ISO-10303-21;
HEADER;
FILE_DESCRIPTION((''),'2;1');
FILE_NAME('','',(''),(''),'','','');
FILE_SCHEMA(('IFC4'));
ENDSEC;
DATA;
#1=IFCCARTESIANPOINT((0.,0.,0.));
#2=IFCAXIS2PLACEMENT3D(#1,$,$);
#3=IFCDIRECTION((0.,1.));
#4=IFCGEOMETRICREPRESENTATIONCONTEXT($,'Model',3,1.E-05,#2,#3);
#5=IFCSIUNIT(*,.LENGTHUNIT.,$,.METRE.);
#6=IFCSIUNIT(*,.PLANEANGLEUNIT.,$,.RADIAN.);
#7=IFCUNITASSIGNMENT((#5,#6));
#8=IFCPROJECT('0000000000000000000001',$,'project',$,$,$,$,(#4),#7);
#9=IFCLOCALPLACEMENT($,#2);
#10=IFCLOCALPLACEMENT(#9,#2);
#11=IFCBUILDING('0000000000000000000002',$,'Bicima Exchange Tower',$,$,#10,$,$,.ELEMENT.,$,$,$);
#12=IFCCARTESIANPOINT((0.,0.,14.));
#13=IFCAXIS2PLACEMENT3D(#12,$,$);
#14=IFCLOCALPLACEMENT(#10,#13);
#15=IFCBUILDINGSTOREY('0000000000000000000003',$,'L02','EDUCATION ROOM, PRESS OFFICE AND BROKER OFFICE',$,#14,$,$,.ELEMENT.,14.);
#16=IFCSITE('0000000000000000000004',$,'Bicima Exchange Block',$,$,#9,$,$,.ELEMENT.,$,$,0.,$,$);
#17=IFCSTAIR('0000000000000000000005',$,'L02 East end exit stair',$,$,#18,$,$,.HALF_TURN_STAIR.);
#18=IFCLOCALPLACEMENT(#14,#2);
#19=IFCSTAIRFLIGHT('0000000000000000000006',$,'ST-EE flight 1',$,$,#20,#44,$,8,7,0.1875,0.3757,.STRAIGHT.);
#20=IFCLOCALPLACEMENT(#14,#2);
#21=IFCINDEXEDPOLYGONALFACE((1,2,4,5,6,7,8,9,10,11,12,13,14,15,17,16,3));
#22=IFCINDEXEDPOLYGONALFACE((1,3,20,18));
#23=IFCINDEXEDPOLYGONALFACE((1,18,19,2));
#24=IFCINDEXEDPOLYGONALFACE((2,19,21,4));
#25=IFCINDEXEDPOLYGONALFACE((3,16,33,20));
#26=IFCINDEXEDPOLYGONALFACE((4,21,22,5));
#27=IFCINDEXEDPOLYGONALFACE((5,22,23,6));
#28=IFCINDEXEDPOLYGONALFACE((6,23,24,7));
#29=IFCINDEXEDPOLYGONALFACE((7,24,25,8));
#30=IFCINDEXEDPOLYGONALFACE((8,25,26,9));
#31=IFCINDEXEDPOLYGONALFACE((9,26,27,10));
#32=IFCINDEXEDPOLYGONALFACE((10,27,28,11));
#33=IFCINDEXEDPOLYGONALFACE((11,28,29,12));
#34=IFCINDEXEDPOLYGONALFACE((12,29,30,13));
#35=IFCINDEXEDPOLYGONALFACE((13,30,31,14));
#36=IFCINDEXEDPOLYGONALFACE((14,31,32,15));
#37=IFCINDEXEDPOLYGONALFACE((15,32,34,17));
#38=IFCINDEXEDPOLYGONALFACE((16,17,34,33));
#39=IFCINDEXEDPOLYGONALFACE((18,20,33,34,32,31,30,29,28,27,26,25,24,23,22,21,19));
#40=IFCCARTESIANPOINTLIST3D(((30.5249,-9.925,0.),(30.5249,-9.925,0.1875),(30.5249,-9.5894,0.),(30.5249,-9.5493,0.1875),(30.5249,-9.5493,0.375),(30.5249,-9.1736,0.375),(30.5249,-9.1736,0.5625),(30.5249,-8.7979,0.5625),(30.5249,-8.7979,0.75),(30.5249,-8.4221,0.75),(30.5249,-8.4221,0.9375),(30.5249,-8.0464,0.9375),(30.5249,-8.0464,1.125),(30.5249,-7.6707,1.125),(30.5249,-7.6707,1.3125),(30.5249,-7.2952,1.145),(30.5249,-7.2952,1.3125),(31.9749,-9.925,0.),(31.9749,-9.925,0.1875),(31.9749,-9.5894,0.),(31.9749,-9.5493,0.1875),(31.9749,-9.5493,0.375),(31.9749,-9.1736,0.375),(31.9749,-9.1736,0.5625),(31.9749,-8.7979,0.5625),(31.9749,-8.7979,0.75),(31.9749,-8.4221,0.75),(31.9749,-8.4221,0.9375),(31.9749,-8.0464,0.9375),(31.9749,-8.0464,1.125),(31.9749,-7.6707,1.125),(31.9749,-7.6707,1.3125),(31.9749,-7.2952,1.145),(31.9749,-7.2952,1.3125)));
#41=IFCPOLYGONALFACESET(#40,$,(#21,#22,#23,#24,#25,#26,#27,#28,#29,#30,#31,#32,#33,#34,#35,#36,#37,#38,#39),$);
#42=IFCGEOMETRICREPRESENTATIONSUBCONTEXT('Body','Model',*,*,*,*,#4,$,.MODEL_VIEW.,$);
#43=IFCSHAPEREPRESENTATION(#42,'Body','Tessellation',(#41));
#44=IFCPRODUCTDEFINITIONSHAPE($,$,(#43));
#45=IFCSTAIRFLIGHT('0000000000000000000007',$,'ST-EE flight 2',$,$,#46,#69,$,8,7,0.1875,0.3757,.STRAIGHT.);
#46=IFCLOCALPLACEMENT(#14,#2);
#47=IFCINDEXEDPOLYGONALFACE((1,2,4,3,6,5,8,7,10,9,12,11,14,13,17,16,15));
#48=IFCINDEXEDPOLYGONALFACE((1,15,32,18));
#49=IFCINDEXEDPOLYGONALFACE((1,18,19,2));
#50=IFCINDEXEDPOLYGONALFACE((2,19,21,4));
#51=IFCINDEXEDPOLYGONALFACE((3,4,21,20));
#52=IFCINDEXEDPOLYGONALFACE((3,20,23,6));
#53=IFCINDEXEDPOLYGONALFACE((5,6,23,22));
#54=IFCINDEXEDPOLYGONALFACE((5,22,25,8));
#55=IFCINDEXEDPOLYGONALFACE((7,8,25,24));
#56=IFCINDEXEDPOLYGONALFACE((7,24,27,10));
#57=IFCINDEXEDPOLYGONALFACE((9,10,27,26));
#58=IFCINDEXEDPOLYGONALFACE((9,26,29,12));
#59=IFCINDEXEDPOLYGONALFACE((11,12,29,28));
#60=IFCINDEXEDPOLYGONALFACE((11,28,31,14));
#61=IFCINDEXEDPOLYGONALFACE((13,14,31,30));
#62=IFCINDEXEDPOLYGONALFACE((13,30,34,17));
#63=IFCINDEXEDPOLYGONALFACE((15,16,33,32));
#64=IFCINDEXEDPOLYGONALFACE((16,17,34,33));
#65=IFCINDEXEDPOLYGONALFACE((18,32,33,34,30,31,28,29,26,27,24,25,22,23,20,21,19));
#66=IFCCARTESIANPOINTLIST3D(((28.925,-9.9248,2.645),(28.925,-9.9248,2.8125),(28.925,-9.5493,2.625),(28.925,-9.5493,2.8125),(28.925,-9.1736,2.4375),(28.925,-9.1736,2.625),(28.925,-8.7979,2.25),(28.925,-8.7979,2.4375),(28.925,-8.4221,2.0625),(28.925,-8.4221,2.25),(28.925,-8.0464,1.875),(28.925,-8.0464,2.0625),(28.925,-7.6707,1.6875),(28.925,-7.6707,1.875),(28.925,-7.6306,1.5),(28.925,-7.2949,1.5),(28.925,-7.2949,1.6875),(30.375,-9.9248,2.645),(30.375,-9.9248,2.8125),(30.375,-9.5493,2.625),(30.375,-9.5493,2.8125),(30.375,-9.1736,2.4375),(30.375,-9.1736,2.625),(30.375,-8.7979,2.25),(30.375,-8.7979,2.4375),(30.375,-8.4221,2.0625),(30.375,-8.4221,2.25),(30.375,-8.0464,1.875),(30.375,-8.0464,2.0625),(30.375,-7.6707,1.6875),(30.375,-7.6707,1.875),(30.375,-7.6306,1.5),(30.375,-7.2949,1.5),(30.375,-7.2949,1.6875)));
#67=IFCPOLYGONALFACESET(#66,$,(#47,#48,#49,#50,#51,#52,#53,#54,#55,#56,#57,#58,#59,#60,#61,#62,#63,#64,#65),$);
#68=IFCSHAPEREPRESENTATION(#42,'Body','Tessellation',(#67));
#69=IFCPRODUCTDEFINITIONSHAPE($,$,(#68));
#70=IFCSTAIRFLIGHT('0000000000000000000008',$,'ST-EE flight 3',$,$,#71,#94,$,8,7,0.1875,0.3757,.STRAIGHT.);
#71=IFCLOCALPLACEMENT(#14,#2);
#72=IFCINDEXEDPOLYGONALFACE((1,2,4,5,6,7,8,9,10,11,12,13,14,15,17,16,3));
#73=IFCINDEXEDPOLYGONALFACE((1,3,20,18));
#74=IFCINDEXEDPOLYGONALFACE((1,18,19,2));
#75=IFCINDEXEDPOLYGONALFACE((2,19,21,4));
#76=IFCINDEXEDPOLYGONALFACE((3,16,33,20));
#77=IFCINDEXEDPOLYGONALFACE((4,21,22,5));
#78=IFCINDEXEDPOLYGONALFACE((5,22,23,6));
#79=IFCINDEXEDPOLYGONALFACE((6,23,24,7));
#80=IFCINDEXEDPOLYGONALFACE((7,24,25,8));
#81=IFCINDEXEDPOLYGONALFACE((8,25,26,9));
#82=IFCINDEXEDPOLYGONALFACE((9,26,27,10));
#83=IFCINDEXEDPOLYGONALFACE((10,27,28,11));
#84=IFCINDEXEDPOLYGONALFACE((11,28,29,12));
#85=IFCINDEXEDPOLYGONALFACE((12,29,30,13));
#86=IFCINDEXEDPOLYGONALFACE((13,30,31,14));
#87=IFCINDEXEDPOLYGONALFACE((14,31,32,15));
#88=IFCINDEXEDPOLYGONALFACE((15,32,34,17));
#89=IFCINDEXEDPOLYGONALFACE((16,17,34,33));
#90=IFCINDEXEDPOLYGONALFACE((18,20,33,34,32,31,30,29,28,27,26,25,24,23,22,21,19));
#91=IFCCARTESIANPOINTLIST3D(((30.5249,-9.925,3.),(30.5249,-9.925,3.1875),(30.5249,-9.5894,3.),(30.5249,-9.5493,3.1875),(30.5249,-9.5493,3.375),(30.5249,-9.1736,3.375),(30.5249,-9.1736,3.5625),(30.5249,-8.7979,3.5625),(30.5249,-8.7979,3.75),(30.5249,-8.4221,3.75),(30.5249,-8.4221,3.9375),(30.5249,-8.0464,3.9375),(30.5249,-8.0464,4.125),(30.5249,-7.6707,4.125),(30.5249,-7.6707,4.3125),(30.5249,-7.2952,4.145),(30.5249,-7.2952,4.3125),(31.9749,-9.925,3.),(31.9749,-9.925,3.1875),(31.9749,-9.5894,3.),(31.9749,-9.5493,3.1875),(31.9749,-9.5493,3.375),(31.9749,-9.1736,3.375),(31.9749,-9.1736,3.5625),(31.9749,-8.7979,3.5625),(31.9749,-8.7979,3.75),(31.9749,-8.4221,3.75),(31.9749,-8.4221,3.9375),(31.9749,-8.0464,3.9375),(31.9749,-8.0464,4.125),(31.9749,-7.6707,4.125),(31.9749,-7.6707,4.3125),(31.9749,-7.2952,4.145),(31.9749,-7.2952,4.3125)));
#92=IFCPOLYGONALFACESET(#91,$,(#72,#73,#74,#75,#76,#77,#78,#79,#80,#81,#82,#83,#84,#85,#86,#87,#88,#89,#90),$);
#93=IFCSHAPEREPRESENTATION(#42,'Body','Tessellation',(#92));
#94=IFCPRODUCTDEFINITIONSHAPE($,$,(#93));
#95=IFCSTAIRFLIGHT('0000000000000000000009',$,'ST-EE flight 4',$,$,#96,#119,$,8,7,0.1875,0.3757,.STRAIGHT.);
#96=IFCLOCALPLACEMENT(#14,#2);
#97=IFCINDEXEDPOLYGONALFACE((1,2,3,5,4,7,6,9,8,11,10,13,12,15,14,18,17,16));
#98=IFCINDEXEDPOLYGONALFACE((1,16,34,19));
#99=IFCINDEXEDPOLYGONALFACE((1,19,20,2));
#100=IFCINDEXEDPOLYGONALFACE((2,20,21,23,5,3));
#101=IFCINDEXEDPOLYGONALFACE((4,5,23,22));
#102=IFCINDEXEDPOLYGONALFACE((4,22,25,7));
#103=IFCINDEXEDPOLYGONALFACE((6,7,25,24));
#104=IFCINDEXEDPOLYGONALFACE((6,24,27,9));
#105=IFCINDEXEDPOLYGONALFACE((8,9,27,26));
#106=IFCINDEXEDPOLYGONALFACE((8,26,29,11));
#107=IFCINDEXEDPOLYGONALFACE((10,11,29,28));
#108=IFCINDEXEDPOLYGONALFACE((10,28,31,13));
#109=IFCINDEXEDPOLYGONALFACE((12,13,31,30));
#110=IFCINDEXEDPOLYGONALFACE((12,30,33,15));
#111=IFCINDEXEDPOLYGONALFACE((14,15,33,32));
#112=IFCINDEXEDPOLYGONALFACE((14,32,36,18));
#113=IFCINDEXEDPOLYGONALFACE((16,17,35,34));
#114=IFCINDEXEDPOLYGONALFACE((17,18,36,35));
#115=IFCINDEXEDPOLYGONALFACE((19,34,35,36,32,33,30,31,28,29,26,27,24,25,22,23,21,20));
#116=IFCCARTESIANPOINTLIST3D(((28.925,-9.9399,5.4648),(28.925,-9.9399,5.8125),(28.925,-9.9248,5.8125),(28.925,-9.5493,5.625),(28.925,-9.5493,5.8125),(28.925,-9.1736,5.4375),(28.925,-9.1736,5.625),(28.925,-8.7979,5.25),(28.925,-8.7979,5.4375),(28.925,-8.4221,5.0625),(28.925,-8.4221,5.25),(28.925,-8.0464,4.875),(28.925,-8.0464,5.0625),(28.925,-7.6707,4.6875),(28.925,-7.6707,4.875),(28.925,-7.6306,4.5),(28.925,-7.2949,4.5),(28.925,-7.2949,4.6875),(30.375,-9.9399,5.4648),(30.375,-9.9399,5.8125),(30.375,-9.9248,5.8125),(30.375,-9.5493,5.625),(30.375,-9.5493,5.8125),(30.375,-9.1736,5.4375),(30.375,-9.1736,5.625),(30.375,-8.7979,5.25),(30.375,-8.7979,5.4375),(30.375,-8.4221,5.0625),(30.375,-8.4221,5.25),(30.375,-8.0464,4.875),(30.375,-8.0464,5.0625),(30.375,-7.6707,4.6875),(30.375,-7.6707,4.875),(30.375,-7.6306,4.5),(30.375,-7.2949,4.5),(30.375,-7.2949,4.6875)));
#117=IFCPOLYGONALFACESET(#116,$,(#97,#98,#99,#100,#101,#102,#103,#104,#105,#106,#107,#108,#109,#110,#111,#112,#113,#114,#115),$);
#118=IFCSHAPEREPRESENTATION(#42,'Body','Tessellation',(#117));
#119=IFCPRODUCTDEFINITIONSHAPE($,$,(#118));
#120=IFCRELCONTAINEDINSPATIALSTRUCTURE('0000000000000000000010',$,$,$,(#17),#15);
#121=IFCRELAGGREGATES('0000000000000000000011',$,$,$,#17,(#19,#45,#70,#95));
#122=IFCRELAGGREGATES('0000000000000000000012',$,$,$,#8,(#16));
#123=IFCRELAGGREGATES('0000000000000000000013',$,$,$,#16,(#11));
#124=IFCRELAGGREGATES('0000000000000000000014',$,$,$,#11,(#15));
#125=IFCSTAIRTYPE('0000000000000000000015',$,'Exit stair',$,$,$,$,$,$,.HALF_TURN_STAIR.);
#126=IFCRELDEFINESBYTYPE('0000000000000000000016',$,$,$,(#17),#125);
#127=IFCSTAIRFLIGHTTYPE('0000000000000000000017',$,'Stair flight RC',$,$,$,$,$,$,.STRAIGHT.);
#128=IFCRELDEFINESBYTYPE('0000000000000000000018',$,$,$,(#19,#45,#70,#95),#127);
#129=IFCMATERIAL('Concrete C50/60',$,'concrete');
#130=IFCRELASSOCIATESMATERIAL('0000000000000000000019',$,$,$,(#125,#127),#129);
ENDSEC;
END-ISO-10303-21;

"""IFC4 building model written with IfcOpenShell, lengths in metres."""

from ifc_helpers import new_model, si_unit, direction, frame, origin, place, context, subcontext, project, spatial, polyline, outline, extrude, material, type_object, element, aggregate, save


model = new_model("IFC4")

# Units and contexts
model_context = context("Model", 3, precision=1e-05, world=origin(), true_north=direction((0.0, 1.0)))
body_context = subcontext(model_context, "Body", "Model", "MODEL_VIEW")
ifc_project = project(units=[si_unit("LENGTHUNIT", "METRE"), si_unit("PLANEANGLEUNIT", "RADIAN")], contexts=[model_context])

# Site, building, storey
site_placement = place(None, origin())
site = spatial("IfcSite", under=ifc_project, at=site_placement, Name="Bicima Exchange Block", CompositionType="ELEMENT", RefElevation=0.0)
building_placement = place(site_placement, origin())
building = spatial("IfcBuilding", under=site, at=building_placement, Name="Bicima Exchange Tower", CompositionType="ELEMENT")
storey_placement = place(building_placement, frame((0.0, 0.0, 14.0)))
storey = spatial("IfcBuildingStorey", under=building, at=storey_placement, Name="L02", Description="EDUCATION ROOM, PRESS OFFICE AND BROKER OFFICE", CompositionType="ELEMENT", Elevation=14.0)

# Shared definitions
ifc_material_1 = material(Name="Concrete C50/60", Category="concrete")

# Stair, stair flights
stair_type = type_object("IfcStairType", Name="Exit stair", PredefinedType="HALF_TURN_STAIR", material=ifc_material_1)
stair_placement = place(storey_placement, origin())
stair = element("IfcStair", 1, at=stair_placement, inside=storey, type_object=stair_type, Name="L02 East end exit stair", PredefinedType="HALF_TURN_STAIR")
stair_flight_type = type_object("IfcStairFlightType", Name="Stair flight RC", PredefinedType="STRAIGHT", material=ifc_material_1)
stair_flight_1_placement = place(storey_placement, frame((31.25, -9.925, 0.0), z_axis=(0.0, 0.0, 1.0), x_axis=(0.0, 1.0, 0.0)))
stair_flight_1 = element("IfcStairFlight", 2, at=stair_flight_1_placement, type_object=stair_flight_type, Name="ST-EE flight 1", NumberOfRisers=8, NumberOfTreads=7, PredefinedType="STRAIGHT", RiserHeight=0.1875, TreadLength=0.3757, context=body_context, shape_type="SweptSolid", body=[
    extrude(outline(polyline([(0.0, 0.0), (0.0, 0.1875), (0.3757, 0.1875), (0.3757, 0.375), (0.7515, 0.375), (0.7515, 0.5625), (1.1272, 0.5625), (1.1272, 0.75), (1.5029, 0.75), (1.5029, 0.9375), (1.8787, 0.9375), (1.8787, 1.125), (2.2544, 1.125), (2.2544, 1.3125), (2.6299, 1.3125), (2.6299, 1.5), (2.6299, 1.145), (0.3357, 0.0), (0.0, 0.0)])), frame((0.0, 0.7251, 0.0), z_axis=(0.0, -1.0, 0.0), x_axis=(1.0, 0.0, 0.0)), (0.0, 0.0, 1.0), 1.45),
])
stair_flight_2_placement = place(storey_placement, frame((29.6499, -7.2949, 1.5), z_axis=(0.0, 0.0, 1.0), x_axis=(0.0, -1.0, 0.0)))
stair_flight_2 = element("IfcStairFlight", 3, at=stair_flight_2_placement, type_object=stair_flight_type, Name="ST-EE flight 2", NumberOfRisers=8, NumberOfTreads=7, PredefinedType="STRAIGHT", RiserHeight=0.1875, TreadLength=0.3757, context=body_context, shape_type="SweptSolid", body=[
    extrude(outline(polyline([(0.0, 0.0), (0.0, 0.1875), (0.3757, 0.1875), (0.3757, 0.375), (0.7515, 0.375), (0.7515, 0.5625), (1.1272, 0.5625), (1.1272, 0.75), (1.5029, 0.75), (1.5029, 0.9375), (1.8787, 0.9375), (1.8787, 1.125), (2.2544, 1.125), (2.2544, 1.3125), (2.6299, 1.3125), (2.6299, 1.5), (2.6299, 1.145), (0.3357, 0.0), (0.0, 0.0)])), frame((0.0, 0.7251, 0.0), z_axis=(0.0, -1.0, 0.0), x_axis=(1.0, 0.0, 0.0)), (0.0, 0.0, 1.0), 1.45),
])
stair_flight_3_placement = place(storey_placement, frame((31.25, -9.925, 3.0), z_axis=(0.0, 0.0, 1.0), x_axis=(0.0, 1.0, 0.0)))
stair_flight_3 = element("IfcStairFlight", 4, at=stair_flight_3_placement, type_object=stair_flight_type, Name="ST-EE flight 3", NumberOfRisers=8, NumberOfTreads=7, PredefinedType="STRAIGHT", RiserHeight=0.1875, TreadLength=0.3757, context=body_context, shape_type="SweptSolid", body=[
    extrude(outline(polyline([(0.0, 0.0), (0.0, 0.1875), (0.3757, 0.1875), (0.3757, 0.375), (0.7515, 0.375), (0.7515, 0.5625), (1.1272, 0.5625), (1.1272, 0.75), (1.5029, 0.75), (1.5029, 0.9375), (1.8787, 0.9375), (1.8787, 1.125), (2.2544, 1.125), (2.2544, 1.3125), (2.6299, 1.3125), (2.6299, 1.5), (2.6299, 1.145), (0.3357, 0.0), (0.0, 0.0)])), frame((0.0, 0.7251, 0.0), z_axis=(0.0, -1.0, 0.0), x_axis=(1.0, 0.0, 0.0)), (0.0, 0.0, 1.0), 1.45),
])
stair_flight_4_placement = place(storey_placement, frame((29.6499, -7.2949, 4.5), z_axis=(0.0, 0.0, 1.0), x_axis=(0.0, -1.0, 0.0)))
stair_flight_4 = element("IfcStairFlight", 5, at=stair_flight_4_placement, type_object=stair_flight_type, Name="ST-EE flight 4", NumberOfRisers=8, NumberOfTreads=7, PredefinedType="STRAIGHT", RiserHeight=0.1875, TreadLength=0.3757, context=body_context, shape_type="SweptSolid", body=[
    extrude(outline(polyline([(0.0, 0.0), (0.0, 0.1875), (0.3757, 0.1875), (0.3757, 0.375), (0.7515, 0.375), (0.7515, 0.5625), (1.1272, 0.5625), (1.1272, 0.75), (1.5029, 0.75), (1.5029, 0.9375), (1.8787, 0.9375), (1.8787, 1.125), (2.2544, 1.125), (2.2544, 1.3125), (2.6299, 1.3125), (2.645, 1.3125), (2.645, 0.9648), (0.3357, 0.0), (0.0, 0.0)])), frame((0.0, 0.7251, 0.0), z_axis=(0.0, -1.0, 0.0), x_axis=(1.0, 0.0, 0.0)), (0.0, 0.0, 1.0), 1.45),
])
aggregate(stair, [stair_flight_1, stair_flight_2, stair_flight_3, stair_flight_4])

save(model, "model.ifc")
